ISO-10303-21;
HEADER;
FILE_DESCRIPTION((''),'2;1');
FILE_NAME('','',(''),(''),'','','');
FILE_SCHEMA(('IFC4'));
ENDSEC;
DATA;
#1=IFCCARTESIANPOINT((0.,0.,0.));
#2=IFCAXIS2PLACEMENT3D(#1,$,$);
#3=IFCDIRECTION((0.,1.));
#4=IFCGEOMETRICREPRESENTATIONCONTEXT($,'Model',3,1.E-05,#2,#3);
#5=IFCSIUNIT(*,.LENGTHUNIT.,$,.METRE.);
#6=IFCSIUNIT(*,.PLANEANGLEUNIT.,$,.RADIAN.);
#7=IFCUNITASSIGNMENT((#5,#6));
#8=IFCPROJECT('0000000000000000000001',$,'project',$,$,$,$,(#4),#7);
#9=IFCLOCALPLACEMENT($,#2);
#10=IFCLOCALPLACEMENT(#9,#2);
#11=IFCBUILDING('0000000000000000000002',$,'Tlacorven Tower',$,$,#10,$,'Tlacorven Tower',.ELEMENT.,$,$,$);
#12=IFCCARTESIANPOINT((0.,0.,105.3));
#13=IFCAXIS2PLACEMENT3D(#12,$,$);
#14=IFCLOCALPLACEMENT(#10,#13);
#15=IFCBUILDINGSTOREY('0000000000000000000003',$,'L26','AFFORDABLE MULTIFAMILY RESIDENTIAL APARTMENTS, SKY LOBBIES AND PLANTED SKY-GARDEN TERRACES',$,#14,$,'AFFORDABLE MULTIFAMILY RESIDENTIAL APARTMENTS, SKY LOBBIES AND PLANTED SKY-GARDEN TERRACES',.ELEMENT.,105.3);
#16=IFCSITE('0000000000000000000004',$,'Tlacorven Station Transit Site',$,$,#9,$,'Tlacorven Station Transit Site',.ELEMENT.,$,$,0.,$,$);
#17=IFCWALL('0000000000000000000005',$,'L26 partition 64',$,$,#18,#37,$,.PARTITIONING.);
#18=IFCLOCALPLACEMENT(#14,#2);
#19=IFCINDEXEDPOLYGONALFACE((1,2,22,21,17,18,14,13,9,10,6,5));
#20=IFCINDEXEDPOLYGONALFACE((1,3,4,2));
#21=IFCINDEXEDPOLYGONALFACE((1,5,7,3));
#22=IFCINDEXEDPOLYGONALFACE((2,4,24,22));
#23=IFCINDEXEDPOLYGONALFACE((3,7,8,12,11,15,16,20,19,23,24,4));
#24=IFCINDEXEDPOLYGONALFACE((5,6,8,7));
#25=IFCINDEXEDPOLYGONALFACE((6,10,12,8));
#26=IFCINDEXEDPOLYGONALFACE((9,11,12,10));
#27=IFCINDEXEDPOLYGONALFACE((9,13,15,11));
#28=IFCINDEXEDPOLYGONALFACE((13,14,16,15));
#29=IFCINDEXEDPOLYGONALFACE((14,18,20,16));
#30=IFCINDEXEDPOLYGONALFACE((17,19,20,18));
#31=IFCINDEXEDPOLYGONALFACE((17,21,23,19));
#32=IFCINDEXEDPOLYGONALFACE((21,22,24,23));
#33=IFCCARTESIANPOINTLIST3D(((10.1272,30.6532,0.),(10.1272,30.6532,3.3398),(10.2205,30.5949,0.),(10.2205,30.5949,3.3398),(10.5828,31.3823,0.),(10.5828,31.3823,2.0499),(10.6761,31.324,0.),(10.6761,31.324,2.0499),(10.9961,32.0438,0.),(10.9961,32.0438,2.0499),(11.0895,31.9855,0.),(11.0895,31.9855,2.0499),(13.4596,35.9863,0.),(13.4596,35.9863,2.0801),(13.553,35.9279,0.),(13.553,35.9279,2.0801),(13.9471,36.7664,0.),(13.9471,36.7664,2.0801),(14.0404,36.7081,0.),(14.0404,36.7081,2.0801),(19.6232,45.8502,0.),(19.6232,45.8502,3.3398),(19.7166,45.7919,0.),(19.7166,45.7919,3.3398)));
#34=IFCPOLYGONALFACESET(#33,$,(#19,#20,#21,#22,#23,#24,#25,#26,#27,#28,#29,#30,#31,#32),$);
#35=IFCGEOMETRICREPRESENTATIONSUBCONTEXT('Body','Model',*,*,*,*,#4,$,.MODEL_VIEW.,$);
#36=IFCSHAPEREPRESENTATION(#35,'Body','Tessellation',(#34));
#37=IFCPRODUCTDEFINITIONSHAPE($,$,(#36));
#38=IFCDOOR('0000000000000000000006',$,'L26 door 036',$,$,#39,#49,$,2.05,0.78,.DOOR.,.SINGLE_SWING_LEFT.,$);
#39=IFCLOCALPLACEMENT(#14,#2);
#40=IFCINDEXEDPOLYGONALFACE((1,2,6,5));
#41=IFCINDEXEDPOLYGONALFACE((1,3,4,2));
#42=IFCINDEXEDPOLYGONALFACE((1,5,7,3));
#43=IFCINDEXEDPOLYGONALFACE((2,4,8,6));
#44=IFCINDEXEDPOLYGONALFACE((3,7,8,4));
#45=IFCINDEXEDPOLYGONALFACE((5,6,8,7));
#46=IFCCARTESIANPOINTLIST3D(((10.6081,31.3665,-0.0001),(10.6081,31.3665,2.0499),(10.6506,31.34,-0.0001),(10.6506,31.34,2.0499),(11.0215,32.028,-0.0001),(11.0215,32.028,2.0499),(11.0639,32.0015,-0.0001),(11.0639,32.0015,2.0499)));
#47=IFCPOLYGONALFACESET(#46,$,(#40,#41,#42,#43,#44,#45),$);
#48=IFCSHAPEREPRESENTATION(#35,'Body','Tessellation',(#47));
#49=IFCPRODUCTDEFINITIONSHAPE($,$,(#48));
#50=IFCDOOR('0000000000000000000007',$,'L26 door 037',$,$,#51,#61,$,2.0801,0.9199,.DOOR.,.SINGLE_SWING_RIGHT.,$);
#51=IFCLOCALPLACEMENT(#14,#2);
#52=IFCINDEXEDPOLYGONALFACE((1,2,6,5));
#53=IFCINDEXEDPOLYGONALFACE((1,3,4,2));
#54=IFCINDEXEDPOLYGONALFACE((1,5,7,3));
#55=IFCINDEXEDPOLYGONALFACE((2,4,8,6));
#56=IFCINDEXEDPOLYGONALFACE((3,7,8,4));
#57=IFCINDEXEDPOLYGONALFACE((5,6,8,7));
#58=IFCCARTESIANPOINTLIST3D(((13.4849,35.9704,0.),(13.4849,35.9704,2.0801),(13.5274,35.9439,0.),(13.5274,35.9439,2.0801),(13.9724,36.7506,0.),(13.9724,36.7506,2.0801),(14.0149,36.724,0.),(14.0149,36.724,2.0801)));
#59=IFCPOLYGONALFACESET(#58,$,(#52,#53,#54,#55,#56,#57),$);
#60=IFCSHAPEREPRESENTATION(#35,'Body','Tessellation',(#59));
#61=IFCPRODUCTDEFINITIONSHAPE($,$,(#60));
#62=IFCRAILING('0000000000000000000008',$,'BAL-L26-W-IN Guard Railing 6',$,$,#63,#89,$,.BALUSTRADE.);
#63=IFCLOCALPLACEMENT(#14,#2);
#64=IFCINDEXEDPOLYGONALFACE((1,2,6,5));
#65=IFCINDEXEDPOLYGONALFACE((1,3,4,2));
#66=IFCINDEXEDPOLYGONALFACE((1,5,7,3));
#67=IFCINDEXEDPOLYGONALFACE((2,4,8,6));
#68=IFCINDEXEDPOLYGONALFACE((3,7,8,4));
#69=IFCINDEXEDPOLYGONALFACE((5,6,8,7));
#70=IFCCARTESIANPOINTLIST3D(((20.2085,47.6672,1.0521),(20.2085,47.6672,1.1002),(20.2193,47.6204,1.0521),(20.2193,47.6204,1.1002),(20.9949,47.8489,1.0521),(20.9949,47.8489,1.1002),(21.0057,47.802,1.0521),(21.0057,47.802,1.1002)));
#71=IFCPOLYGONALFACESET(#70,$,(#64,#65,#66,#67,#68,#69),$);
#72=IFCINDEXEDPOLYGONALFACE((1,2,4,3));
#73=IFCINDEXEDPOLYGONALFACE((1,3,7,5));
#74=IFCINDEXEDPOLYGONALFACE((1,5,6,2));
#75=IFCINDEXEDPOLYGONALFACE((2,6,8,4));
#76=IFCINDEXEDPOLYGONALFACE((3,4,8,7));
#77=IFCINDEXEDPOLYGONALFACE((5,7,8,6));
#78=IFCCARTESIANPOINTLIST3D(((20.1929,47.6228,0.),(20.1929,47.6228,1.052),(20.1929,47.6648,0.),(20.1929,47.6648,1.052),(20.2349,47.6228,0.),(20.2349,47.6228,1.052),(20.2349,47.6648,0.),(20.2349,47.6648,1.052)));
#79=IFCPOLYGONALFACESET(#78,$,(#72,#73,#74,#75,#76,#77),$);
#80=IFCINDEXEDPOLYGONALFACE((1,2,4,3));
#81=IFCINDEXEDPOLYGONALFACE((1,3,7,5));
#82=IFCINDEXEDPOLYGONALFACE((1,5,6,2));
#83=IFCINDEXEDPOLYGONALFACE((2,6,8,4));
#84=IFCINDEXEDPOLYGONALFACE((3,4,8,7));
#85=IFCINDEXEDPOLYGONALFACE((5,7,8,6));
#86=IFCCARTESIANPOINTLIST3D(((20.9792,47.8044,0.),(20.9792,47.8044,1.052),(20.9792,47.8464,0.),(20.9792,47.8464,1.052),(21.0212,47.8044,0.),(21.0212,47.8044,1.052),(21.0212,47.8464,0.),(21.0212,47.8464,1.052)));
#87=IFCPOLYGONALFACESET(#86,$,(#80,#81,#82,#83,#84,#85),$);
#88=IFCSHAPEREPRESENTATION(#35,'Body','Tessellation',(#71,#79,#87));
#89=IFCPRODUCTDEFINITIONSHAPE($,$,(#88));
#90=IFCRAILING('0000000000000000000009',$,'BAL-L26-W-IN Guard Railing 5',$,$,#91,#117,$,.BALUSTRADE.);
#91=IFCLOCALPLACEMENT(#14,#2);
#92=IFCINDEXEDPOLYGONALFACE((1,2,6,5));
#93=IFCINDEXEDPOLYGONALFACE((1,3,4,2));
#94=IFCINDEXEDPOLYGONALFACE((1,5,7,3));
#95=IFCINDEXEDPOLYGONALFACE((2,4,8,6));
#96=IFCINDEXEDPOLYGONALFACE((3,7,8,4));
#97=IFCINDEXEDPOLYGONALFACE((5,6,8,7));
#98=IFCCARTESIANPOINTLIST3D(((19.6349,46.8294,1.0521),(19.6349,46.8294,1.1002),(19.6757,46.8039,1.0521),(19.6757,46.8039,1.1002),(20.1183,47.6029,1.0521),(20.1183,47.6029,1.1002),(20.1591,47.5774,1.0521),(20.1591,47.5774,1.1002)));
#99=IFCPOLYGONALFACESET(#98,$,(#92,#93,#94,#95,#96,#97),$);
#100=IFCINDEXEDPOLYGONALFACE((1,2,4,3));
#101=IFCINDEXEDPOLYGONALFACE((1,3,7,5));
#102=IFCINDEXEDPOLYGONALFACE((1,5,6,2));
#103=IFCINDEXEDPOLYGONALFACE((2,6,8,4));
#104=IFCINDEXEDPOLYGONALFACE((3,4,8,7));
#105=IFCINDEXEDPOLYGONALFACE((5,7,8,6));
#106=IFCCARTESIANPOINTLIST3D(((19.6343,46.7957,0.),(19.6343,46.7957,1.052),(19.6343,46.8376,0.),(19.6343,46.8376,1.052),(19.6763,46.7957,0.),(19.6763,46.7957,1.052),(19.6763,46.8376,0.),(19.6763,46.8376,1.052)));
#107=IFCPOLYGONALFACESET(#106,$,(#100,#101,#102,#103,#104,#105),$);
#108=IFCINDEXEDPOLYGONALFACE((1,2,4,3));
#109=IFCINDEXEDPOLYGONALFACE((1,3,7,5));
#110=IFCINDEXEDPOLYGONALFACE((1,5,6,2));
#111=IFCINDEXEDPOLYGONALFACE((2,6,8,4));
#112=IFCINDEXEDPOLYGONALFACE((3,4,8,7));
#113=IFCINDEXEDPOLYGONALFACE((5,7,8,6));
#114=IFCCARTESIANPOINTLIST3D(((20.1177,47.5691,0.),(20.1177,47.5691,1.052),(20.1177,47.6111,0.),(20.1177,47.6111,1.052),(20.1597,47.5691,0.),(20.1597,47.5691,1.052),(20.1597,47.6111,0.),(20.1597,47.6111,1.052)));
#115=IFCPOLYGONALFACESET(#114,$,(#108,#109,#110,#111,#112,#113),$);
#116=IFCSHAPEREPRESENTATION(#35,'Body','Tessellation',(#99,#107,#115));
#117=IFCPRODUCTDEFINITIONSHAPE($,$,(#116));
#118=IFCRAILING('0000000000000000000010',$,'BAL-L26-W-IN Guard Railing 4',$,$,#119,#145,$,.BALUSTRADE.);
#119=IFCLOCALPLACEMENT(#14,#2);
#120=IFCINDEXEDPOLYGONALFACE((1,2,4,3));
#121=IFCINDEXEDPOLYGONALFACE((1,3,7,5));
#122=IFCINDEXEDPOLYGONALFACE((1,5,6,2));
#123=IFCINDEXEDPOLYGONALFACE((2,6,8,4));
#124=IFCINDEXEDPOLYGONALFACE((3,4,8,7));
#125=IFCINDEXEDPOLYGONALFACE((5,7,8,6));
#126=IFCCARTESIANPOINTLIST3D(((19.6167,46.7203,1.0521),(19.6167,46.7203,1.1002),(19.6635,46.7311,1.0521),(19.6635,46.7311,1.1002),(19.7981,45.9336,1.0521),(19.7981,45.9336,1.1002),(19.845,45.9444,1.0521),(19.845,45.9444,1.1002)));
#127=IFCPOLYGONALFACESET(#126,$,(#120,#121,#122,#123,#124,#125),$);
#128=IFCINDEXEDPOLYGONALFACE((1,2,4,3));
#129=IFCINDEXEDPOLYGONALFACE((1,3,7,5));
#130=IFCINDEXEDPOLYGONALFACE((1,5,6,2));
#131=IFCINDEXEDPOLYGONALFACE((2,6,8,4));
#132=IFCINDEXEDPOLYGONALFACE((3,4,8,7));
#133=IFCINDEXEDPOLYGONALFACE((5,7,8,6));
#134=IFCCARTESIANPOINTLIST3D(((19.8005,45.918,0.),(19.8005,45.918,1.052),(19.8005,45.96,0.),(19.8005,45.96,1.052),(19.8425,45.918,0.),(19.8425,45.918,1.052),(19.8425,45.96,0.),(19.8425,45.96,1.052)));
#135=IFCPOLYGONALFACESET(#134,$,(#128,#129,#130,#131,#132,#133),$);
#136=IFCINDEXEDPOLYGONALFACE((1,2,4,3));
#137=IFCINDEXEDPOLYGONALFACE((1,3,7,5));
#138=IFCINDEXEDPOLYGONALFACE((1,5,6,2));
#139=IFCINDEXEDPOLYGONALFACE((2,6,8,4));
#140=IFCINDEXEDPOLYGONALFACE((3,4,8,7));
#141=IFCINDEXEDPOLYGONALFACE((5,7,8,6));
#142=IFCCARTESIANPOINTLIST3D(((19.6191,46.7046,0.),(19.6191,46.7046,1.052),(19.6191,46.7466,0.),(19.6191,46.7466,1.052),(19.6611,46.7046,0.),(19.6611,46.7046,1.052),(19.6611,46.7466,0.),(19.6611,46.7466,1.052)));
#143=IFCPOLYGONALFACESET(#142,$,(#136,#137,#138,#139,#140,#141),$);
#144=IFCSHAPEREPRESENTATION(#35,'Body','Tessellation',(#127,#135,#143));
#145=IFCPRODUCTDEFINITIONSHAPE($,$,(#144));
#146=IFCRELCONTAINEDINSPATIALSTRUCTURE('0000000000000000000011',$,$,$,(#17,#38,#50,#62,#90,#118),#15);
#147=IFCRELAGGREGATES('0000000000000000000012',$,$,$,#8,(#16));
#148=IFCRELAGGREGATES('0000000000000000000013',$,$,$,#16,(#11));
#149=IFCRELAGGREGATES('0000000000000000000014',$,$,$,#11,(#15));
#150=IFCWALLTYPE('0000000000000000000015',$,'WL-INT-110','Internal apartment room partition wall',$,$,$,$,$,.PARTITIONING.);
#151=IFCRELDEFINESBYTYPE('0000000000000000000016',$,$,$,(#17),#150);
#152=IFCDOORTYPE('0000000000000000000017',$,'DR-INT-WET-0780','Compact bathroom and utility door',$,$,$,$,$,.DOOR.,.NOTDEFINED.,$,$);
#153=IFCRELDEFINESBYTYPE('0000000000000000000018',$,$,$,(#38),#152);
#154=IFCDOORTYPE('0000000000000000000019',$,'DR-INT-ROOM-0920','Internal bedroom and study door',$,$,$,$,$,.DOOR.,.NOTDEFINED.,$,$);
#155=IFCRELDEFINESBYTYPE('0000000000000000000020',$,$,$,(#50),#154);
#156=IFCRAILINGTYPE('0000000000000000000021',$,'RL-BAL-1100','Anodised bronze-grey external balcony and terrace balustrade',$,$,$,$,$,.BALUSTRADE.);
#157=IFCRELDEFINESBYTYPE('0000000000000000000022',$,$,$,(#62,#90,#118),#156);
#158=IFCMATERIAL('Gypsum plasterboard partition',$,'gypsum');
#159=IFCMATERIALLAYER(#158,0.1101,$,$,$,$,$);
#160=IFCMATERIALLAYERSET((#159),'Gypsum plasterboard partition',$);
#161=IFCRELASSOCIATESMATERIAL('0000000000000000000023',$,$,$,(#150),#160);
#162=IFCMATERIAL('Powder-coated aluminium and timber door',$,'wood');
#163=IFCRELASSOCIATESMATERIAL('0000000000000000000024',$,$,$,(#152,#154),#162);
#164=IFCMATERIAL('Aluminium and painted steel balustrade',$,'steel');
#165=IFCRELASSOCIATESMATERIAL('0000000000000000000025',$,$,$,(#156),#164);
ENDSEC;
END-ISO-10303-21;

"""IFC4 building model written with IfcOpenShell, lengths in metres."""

from ifc_helpers import new_model, si_unit, direction, frame, frame_2d, origin, origin_2d, place, context, subcontext, project, spatial, rectangle, extrude, source, transform, mapped, material, layer, layer_set, type_object, element, fill, save


model = new_model("IFC4")

# Units and contexts
model_context = context("Model", 3, precision=1e-05, world=origin(), true_north=direction((0.0, 1.0)))
body_context = subcontext(model_context, "Body", "Model", "MODEL_VIEW")
ifc_project = project(units=[si_unit("LENGTHUNIT", "METRE"), si_unit("PLANEANGLEUNIT", "RADIAN")], contexts=[model_context])

# Site, building, storey
site_placement = place(None, origin())
site = spatial("IfcSite", under=ifc_project, at=site_placement, Name="Tlacorven Station Transit Site", LongName="Tlacorven Station Transit Site", CompositionType="ELEMENT", RefElevation=0.0)
building_placement = place(site_placement, origin())
building = spatial("IfcBuilding", under=site, at=building_placement, Name="Tlacorven Tower", LongName="Tlacorven Tower", CompositionType="ELEMENT")
storey_placement = place(building_placement, frame((0.0, 0.0, 105.3)))
storey = spatial("IfcBuildingStorey", under=building, at=storey_placement, Name="L26", Description="AFFORDABLE MULTIFAMILY RESIDENTIAL APARTMENTS, SKY LOBBIES AND PLANTED SKY-GARDEN TERRACES", LongName="AFFORDABLE MULTIFAMILY RESIDENTIAL APARTMENTS, SKY LOBBIES AND PLANTED SKY-GARDEN TERRACES", CompositionType="ELEMENT", Elevation=105.3)

# Shared definitions
ifc_material_1 = material(Name="Powder-coated aluminium and timber door", Category="wood")

# Wall, openings, doors
ifc_material_2 = material(Name="Gypsum plasterboard partition", Category="gypsum")
ifc_layer_1 = layer(ifc_material_2, 0.1101)
ifc_layer_set_1 = layer_set([ifc_layer_1], Name="Gypsum plasterboard partition")
wall_type_1 = type_object("IfcWallType", Name="WL-INT-110", Description="Internal apartment room partition wall", PredefinedType="PARTITIONING", material=ifc_layer_set_1)
wall_1_placement = place(storey_placement, frame((19.6699, 45.821, 0.0), z_axis=(0.0, 0.0, 1.0), x_axis=(-0.529917, -0.84805, 0.0)))
wall_1 = element("IfcWall", 1, at=wall_1_placement, inside=storey, type_object=wall_type_1, Name="L26 partition 64", PredefinedType="PARTITIONING", context=body_context, shape_type="SweptSolid", body=[
    extrude(rectangle(XDim=17.9199, YDim=0.1101, at=frame_2d((8.96, 0.0))), origin(), (0.0, 0.0, 1.0), 3.3398),
])
opening_1_placement = place(wall_1_placement, frame((16.28, 0.0, 0.0)))
opening_1 = element("IfcOpeningElement", 2, at=opening_1_placement, cuts=wall_1, PredefinedType="OPENING", context=body_context, shape_type="SweptSolid", body=[
    extrude(rectangle(XDim=0.78, YDim=2.05, at=frame_2d((0.3901, 1.0249))), frame((0.0, 0.0649, 0.0), z_axis=(0.0, -1.0, 0.0), x_axis=(1.0, 0.0, 0.0)), (0.0, 0.0, 1.0), 0.1301),
])
opening_2_placement = place(wall_1_placement, frame((10.7114, 0.0, 0.0)))
opening_2 = element("IfcOpeningElement", 3, at=opening_2_placement, cuts=wall_1, PredefinedType="OPENING", context=body_context, shape_type="SweptSolid", body=[
    extrude(rectangle(XDim=0.9199, YDim=2.0801, at=frame_2d((0.46, 1.04))), frame((0.0, 0.0649, 0.0), z_axis=(0.0, -1.0, 0.0), x_axis=(1.0, 0.0, 0.0)), (0.0, 0.0, 1.0), 0.1301),
])
door_type_1 = type_object("IfcDoorType", Name="DR-INT-WET-0780", Description="Compact bathroom and utility door", OperationType="NOTDEFINED", PredefinedType="DOOR", material=ifc_material_1)
shared_shape_1 = source(origin(), body_context, "Body", "SweptSolid", [
    extrude(rectangle(XDim=0.78, YDim=2.05, at=frame_2d((0.3901, 1.0249))), frame((0.0, 0.0249, 0.0), z_axis=(0.0, -1.0, 0.0), x_axis=(1.0, 0.0, 0.0)), (0.0, 0.0, 1.0), 0.05),
])
door_1_placement = place(opening_1_placement, origin())
door_1 = element("IfcDoor", 4, at=door_1_placement, inside=storey, type_object=door_type_1, Name="L26 door 036", OperationType="SINGLE_SWING_LEFT", OverallHeight=2.05, OverallWidth=0.78, PredefinedType="DOOR", context=body_context, shape_type="MappedRepresentation", body=[
    mapped(shared_shape_1, transform((0.0, 0.0, 0.0), scale=1.0)),
])
fill(opening_1, door_1)
door_type_2 = type_object("IfcDoorType", Name="DR-INT-ROOM-0920", Description="Internal bedroom and study door", OperationType="NOTDEFINED", PredefinedType="DOOR", material=ifc_material_1)
shared_shape_2 = source(origin(), body_context, "Body", "SweptSolid", [
    extrude(rectangle(XDim=0.9199, YDim=2.0801, at=frame_2d((0.46, 1.04))), frame((0.0, 0.0249, 0.0), z_axis=(0.0, -1.0, 0.0), x_axis=(1.0, 0.0, 0.0)), (0.0, 0.0, 1.0), 0.05),
])
door_2_placement = place(opening_2_placement, origin())
door_2 = element("IfcDoor", 5, at=door_2_placement, inside=storey, type_object=door_type_2, Name="L26 door 037", OperationType="SINGLE_SWING_RIGHT", OverallHeight=2.0801, OverallWidth=0.9199, PredefinedType="DOOR", context=body_context, shape_type="MappedRepresentation", body=[
    mapped(shared_shape_2, transform((0.0, 0.0, 0.0), scale=1.0)),
])
fill(opening_2, door_2)

# Railings
ifc_material_3 = material(Name="Aluminium and painted steel balustrade", Category="steel")
railing_type = type_object("IfcRailingType", Name="RL-BAL-1100", Description="Anodised bronze-grey external balcony and terrace balustrade", PredefinedType="BALUSTRADE", material=ifc_material_3)
shared_shape_3 = source(origin(), body_context, "Body", "SweptSolid", [
    extrude(rectangle(XDim=0.0481, YDim=0.0481, at=origin_2d()), frame((0.0, 0.0, 1.0762), z_axis=(0.974345, 0.225058, 0.0), x_axis=(-0.225058, 0.974345, 0.0)), (0.0, 0.0, 1.0), 0.8071),
    extrude(rectangle(XDim=0.042, YDim=0.042, at=origin_2d()), origin(), (0.0, 0.0, 1.0), 1.052),
    extrude(rectangle(XDim=0.042, YDim=0.042, at=origin_2d()), frame((0.7864, 0.1816, 0.0)), (0.0, 0.0, 1.0), 1.052),
])
railing_1_placement = place(storey_placement, frame((20.2139, 47.6438, 0.0)))
element("IfcRailing", 6, at=railing_1_placement, inside=storey, type_object=railing_type, Name="BAL-L26-W-IN Guard Railing 6", PredefinedType="BALUSTRADE", context=body_context, shape_type="MappedRepresentation", body=[
    mapped(shared_shape_3, transform((0.0, 0.0, 0.0), scale=1.0)),
])
shared_shape_4 = source(origin(), body_context, "Body", "SweptSolid", [
    extrude(rectangle(XDim=0.0481, YDim=0.0481, at=origin_2d()), frame((0.0, 0.0, 1.0762), z_axis=(0.529999, 0.847998, 0.0), x_axis=(-0.847998, 0.529999, 0.0)), (0.0, 0.0, 1.0), 0.9121),
    extrude(rectangle(XDim=0.042, YDim=0.042, at=origin_2d()), origin(), (0.0, 0.0, 1.0), 1.052),
    extrude(rectangle(XDim=0.042, YDim=0.042, at=origin_2d()), frame((0.4834, 0.7734, 0.0)), (0.0, 0.0, 1.0), 1.052),
])
railing_2_placement = place(storey_placement, frame((19.6553, 46.8167, 0.0)))
element("IfcRailing", 7, at=railing_2_placement, inside=storey, type_object=railing_type, Name="BAL-L26-W-IN Guard Railing 5", PredefinedType="BALUSTRADE", context=body_context, shape_type="MappedRepresentation", body=[
    mapped(shared_shape_4, transform((0.0, 0.0, 0.0), scale=1.0)),
])
shared_shape_5 = source(origin(), body_context, "Body", "SweptSolid", [
    extrude(rectangle(XDim=0.0481, YDim=0.0481, at=origin_2d()), frame((0.0, 0.0, 1.0762), z_axis=(-0.224705, 0.974427, 0.0), x_axis=(-0.974427, -0.224705, 0.0)), (0.0, 0.0, 1.0), 0.8074),
    extrude(rectangle(XDim=0.042, YDim=0.042, at=origin_2d()), origin(), (0.0, 0.0, 1.0), 1.052),
    extrude(rectangle(XDim=0.042, YDim=0.042, at=origin_2d()), frame((-0.1814, 0.7866, 0.0)), (0.0, 0.0, 1.0), 1.052),
])
railing_3_placement = place(storey_placement, frame((19.8215, 45.939, 0.0)))
element("IfcRailing", 8, at=railing_3_placement, inside=storey, type_object=railing_type, Name="BAL-L26-W-IN Guard Railing 4", PredefinedType="BALUSTRADE", context=body_context, shape_type="MappedRepresentation", body=[
    mapped(shared_shape_5, transform((0.0, 0.0, 0.0), scale=1.0)),
])

save(model, "model.ifc")
